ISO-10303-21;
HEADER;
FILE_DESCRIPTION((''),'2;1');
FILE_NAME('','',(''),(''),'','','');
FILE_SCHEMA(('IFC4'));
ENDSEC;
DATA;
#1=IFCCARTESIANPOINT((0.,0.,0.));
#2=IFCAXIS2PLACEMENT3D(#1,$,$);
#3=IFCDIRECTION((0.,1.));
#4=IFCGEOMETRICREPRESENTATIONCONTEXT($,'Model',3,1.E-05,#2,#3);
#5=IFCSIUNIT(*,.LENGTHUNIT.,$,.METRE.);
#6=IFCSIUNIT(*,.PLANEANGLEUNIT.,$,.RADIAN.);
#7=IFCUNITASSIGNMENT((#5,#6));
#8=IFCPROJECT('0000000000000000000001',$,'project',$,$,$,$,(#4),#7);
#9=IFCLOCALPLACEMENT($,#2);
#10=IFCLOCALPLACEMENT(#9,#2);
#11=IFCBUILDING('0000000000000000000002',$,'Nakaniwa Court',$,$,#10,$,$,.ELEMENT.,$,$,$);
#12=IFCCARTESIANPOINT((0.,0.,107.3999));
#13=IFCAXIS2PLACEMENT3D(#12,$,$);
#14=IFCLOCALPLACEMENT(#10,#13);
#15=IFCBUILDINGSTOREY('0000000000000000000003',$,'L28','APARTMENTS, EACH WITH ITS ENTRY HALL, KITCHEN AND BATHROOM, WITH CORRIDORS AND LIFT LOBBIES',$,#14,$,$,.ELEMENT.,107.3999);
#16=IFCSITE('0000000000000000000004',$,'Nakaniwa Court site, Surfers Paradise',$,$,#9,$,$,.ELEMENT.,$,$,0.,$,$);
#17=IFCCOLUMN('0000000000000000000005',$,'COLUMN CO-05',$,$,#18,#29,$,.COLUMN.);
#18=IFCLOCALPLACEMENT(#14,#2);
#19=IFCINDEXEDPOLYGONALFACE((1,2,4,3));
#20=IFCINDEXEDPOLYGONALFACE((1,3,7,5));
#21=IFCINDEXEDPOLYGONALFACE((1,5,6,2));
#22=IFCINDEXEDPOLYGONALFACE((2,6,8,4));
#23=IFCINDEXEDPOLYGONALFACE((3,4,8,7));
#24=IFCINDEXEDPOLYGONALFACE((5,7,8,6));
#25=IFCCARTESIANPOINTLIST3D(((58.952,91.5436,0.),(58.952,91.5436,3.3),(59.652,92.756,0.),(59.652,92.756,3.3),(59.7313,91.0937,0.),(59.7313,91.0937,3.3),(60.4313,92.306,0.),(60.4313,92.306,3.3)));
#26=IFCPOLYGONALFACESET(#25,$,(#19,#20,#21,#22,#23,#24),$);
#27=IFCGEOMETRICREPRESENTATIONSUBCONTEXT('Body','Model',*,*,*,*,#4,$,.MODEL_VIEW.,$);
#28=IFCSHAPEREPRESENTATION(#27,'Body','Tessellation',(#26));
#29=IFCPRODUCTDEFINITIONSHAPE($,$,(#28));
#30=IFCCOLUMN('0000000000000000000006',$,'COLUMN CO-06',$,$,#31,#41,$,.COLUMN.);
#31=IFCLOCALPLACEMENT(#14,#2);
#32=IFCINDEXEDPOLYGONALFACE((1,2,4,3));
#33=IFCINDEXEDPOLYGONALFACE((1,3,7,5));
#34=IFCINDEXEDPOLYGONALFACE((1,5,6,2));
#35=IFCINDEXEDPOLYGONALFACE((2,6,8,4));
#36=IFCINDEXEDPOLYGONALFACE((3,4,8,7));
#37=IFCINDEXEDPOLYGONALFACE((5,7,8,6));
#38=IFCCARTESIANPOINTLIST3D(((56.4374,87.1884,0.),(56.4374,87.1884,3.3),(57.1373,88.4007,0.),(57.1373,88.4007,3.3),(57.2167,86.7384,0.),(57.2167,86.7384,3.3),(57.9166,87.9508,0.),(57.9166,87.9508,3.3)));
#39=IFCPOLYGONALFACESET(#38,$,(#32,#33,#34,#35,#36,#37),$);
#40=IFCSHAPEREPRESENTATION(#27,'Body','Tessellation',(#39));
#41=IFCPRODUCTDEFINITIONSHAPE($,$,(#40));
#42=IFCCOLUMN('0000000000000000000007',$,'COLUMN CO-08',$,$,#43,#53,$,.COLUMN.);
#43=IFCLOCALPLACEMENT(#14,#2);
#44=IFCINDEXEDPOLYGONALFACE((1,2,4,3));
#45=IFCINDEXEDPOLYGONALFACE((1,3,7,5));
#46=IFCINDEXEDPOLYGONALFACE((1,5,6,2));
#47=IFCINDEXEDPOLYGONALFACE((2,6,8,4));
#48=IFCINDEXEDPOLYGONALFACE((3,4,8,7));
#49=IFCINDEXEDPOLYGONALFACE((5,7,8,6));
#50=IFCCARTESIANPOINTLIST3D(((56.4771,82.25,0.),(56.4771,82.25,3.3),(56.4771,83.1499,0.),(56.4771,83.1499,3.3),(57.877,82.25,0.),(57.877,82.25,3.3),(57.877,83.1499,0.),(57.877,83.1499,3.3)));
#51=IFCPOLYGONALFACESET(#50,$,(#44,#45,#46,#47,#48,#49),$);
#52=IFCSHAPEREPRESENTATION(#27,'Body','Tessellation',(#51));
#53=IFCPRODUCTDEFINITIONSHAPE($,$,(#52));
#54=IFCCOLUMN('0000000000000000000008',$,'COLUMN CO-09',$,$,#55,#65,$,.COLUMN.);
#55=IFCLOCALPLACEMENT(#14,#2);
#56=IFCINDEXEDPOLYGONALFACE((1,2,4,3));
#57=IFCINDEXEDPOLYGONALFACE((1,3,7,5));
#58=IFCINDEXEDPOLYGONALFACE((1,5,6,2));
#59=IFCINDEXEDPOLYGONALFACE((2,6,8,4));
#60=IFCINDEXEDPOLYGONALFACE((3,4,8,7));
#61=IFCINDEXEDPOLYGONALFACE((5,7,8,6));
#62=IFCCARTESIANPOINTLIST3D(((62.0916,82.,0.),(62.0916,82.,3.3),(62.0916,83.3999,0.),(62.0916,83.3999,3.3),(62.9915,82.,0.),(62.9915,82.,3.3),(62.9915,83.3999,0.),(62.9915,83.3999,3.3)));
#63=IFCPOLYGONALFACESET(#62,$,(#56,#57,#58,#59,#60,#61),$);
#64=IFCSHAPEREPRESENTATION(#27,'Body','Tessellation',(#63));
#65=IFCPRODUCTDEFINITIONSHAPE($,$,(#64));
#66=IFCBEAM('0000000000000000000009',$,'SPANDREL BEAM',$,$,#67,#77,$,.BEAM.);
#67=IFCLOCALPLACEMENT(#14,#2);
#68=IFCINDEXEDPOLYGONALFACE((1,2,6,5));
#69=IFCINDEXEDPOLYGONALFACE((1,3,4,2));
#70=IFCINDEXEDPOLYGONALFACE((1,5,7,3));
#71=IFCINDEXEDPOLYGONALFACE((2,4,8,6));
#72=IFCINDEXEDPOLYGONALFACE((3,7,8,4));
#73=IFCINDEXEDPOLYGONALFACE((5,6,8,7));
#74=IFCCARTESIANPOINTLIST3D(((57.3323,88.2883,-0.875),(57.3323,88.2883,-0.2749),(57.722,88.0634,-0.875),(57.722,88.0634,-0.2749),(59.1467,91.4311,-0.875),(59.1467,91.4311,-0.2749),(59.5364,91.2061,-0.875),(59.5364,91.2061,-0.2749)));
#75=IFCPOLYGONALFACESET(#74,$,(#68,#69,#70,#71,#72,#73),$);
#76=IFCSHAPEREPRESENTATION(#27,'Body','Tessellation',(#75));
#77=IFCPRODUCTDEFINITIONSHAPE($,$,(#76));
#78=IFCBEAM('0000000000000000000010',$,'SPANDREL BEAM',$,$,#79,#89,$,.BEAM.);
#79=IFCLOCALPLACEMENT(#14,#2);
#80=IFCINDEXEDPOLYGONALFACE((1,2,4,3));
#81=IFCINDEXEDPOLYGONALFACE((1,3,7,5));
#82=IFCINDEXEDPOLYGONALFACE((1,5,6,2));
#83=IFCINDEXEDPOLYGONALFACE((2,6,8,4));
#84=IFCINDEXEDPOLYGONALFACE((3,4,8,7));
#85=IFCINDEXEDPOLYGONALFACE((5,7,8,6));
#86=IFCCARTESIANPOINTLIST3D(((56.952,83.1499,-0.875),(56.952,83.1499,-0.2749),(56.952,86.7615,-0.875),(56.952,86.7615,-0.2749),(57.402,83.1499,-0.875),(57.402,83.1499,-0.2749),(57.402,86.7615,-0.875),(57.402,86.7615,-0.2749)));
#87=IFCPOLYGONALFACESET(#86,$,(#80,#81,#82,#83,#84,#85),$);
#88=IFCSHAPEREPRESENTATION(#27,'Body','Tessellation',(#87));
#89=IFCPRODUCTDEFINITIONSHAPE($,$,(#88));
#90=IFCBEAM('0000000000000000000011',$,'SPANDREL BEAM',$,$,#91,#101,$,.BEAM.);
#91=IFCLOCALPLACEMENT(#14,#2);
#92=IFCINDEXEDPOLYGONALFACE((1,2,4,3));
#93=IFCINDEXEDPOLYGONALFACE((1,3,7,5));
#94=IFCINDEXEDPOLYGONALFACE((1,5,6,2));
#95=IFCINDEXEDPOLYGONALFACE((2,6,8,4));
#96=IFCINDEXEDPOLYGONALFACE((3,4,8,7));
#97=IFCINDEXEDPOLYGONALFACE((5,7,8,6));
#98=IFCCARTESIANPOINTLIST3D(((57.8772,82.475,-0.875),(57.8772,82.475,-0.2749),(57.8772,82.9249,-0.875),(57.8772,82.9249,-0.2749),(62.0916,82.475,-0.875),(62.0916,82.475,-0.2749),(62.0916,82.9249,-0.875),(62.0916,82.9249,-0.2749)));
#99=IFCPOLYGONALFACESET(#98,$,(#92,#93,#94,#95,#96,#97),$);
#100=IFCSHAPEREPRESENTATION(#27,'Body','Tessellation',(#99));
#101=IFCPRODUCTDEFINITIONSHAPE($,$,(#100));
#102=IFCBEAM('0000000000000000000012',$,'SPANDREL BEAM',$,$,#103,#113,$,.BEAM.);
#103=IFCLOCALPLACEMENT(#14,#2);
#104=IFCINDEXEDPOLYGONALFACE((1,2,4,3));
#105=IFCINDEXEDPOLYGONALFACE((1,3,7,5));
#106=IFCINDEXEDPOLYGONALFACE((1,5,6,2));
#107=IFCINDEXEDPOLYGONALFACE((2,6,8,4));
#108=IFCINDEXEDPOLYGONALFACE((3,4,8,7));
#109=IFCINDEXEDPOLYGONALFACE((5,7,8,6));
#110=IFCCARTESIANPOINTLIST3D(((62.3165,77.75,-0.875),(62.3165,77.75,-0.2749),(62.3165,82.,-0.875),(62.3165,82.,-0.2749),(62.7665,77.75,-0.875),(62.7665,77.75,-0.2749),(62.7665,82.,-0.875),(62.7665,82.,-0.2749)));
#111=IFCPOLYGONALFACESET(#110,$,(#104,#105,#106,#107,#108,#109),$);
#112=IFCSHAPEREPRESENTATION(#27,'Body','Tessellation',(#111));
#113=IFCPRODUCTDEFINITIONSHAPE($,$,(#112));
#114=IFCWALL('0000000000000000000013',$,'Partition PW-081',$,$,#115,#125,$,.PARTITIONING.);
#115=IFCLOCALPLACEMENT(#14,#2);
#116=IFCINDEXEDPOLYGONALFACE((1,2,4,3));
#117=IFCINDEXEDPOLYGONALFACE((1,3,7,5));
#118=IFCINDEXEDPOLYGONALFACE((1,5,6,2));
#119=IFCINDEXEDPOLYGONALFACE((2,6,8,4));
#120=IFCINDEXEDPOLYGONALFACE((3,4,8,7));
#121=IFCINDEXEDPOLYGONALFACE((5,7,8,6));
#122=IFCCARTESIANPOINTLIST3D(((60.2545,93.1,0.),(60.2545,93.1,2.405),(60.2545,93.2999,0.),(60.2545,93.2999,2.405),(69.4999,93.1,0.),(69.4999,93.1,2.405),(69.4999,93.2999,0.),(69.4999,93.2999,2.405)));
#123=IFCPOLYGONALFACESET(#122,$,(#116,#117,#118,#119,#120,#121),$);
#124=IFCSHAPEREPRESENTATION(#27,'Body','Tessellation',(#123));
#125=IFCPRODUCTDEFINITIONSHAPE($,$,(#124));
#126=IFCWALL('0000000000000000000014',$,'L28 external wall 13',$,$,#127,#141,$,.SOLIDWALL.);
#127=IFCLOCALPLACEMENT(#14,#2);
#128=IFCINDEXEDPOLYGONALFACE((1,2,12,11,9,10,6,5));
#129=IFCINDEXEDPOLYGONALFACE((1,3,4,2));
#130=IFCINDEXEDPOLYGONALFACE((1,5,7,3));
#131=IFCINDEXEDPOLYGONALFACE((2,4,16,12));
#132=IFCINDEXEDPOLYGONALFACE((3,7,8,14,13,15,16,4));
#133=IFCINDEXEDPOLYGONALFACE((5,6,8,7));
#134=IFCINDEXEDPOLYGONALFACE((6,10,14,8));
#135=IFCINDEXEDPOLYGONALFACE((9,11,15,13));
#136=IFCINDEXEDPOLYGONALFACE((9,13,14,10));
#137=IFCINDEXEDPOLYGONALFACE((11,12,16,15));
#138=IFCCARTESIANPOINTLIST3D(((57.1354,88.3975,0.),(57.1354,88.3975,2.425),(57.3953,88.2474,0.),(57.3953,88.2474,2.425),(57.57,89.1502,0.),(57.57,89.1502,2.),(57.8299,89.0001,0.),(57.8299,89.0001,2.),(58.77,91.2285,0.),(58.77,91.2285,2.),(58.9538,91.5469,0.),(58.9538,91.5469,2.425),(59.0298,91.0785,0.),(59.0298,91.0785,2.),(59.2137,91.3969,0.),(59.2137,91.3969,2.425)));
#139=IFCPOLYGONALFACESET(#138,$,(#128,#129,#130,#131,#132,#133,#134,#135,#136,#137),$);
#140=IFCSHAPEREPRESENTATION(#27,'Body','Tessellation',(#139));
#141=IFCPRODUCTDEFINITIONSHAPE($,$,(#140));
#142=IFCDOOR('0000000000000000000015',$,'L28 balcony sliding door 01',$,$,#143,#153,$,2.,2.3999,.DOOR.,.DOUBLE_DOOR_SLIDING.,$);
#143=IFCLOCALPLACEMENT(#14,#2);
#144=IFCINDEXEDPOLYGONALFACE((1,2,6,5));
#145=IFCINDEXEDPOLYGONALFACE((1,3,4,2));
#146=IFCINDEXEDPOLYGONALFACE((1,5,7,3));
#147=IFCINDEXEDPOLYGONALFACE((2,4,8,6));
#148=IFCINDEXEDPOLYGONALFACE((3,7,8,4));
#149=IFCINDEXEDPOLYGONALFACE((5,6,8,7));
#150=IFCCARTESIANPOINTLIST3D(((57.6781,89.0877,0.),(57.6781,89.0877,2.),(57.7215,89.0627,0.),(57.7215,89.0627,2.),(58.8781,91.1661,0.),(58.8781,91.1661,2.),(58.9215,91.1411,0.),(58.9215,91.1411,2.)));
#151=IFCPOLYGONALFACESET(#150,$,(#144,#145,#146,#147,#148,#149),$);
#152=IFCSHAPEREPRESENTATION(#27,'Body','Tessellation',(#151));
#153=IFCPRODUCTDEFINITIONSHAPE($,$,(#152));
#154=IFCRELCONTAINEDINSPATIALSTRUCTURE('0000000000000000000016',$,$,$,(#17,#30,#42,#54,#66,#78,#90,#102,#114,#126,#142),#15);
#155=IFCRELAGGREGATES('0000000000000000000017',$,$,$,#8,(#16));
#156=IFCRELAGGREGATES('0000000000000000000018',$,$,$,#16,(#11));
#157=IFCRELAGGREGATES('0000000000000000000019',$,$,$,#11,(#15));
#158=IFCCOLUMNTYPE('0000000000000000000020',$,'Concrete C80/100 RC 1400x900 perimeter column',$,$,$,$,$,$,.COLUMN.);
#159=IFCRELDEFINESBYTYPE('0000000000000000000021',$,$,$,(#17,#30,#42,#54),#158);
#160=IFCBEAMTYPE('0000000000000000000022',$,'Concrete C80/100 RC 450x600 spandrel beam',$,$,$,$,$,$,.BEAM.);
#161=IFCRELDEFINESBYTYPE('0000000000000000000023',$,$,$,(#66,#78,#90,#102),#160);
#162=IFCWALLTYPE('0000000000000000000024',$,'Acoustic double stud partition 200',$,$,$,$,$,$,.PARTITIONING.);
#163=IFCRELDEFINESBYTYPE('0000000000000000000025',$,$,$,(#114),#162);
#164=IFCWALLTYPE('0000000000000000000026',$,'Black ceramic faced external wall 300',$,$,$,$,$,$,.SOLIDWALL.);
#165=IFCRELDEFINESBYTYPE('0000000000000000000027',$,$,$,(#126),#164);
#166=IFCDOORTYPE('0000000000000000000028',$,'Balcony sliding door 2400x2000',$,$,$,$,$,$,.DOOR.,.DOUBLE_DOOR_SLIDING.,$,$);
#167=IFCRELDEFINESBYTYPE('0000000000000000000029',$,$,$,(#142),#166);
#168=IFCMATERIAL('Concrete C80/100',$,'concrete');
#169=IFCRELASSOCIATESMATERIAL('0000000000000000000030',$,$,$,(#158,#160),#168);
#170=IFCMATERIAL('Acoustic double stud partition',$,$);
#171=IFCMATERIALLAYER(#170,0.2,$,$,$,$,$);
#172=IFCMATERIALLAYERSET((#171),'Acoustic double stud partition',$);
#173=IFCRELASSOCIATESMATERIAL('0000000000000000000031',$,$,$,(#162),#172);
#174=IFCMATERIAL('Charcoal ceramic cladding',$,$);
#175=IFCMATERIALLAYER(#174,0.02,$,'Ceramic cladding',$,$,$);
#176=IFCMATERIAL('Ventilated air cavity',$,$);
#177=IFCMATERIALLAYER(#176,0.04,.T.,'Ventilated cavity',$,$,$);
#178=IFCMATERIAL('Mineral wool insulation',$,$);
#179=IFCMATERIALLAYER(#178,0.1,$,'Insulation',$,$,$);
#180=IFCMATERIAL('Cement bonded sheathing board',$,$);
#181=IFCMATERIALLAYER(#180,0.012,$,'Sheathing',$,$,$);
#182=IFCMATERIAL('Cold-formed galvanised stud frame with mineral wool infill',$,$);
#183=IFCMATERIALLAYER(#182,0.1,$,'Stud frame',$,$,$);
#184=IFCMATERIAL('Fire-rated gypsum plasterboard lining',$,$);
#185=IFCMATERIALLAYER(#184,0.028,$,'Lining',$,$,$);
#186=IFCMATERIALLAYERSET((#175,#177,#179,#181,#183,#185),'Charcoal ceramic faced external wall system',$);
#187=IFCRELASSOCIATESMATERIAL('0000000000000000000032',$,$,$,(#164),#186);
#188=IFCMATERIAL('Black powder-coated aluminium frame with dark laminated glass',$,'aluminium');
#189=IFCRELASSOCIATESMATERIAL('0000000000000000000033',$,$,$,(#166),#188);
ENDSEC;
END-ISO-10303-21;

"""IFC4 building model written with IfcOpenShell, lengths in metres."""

from ifc_helpers import new_model, si_unit, direction, frame, frame_2d, origin, origin_2d, place, context, subcontext, project, spatial, rectangle, extrude, material, layer, layer_set, material_profile, profile_set, type_object, element, fill, save


model = new_model("IFC4")

# Units and contexts
model_context = context("Model", 3, precision=1e-05, world=origin(), true_north=direction((0.0, 1.0)))
body_context = subcontext(model_context, "Body", "Model", "MODEL_VIEW")
ifc_project = project(units=[si_unit("LENGTHUNIT", "METRE"), si_unit("PLANEANGLEUNIT", "RADIAN")], contexts=[model_context])

# Site, building, storey
site_placement = place(None, origin())
site = spatial("IfcSite", under=ifc_project, at=site_placement, Name="Nakaniwa Court site, Surfers Paradise", CompositionType="ELEMENT", RefElevation=0.0)
building_placement = place(site_placement, origin())
building = spatial("IfcBuilding", under=site, at=building_placement, Name="Nakaniwa Court", CompositionType="ELEMENT")
storey_placement = place(building_placement, frame((0.0, 0.0, 107.3999)))
storey = spatial("IfcBuildingStorey", under=building, at=storey_placement, Name="L28", Description="APARTMENTS, EACH WITH ITS ENTRY HALL, KITCHEN AND BATHROOM, WITH CORRIDORS AND LIFT LOBBIES", CompositionType="ELEMENT", Elevation=107.3999)

# Columns
ifc_material_1 = material(Name="Concrete C80/100", Category="concrete")
ifc_material_profile_1 = material_profile(ifc_material_1, rectangle(XDim=1.3999, YDim=0.8999, at=origin_2d()), Name="Concrete C80/100 RC 1400x900 perimeter column")
ifc_profile_set_1 = profile_set([ifc_material_profile_1], Name="Concrete C80/100")
column_type = type_object("IfcColumnType", Name="Concrete C80/100 RC 1400x900 perimeter column", PredefinedType="COLUMN", material=ifc_profile_set_1)
for number, where, z_axis, x_axis, name in (
    (1, (59.6917, 91.9248, 0.0), (0.0, 0.0, 1.0), (-0.5, -0.866025, 0.0), "COLUMN CO-05"),
    (2, (57.177, 87.5696, 0.0), (0.0, 0.0, 1.0), (-0.5, -0.866025, 0.0), "COLUMN CO-06"),
    (3, (57.177, 82.7, 0.0), (0.0, 0.0, 1.0), (1.0, 0.0, 0.0), "COLUMN CO-08"),
    (4, (62.5415, 82.7, 0.0), (0.0, 0.0, 1.0), (0.0, -1.0, 0.0), "COLUMN CO-09"),
):
    element("IfcColumn", number, at=place(storey_placement, frame(where, z_axis=z_axis, x_axis=x_axis)), inside=storey, type_object=column_type, Name=name, PredefinedType="COLUMN", context=body_context, shape_type="SweptSolid", body=[
        extrude(rectangle(XDim=1.3999, YDim=0.8999, at=origin_2d()), origin(), (0.0, 0.0, 1.0), 3.3),
    ])

# Beams
ifc_material_profile_2 = material_profile(ifc_material_1, rectangle(XDim=0.45, YDim=0.6001, at=origin_2d()), Name="Concrete C80/100 RC 450x600 spandrel beam")
ifc_profile_set_2 = profile_set([ifc_material_profile_2], Name="Concrete C80/100")
beam_type = type_object("IfcBeamType", Name="Concrete C80/100 RC 450x600 spandrel beam", PredefinedType="BEAM", material=ifc_profile_set_2)
beam_1_placement = place(storey_placement, frame((59.3416, 91.3186, -0.575), z_axis=(-0.499988, -0.866032, 0.0), x_axis=(0.866032, -0.499988, 0.0)))
element("IfcBeam", 5, at=beam_1_placement, inside=storey, type_object=beam_type, Name="SPANDREL BEAM", PredefinedType="BEAM", context=body_context, shape_type="SweptSolid", body=[
    extrude(rectangle(XDim=0.45, YDim=0.6001, at=origin_2d()), origin(), (0.0, 0.0, 1.0), 3.6289),
])
beam_2_placement = place(storey_placement, frame((57.177, 86.7615, -0.575), z_axis=(0.0, -1.0, 0.0), x_axis=(1.0, 0.0, 0.0)))
element("IfcBeam", 6, at=beam_2_placement, inside=storey, type_object=beam_type, Name="SPANDREL BEAM", PredefinedType="BEAM", context=body_context, shape_type="SweptSolid", body=[
    extrude(rectangle(XDim=0.45, YDim=0.6001, at=origin_2d()), origin(), (0.0, 0.0, 1.0), 3.6116),
])
beam_3_placement = place(storey_placement, frame((57.8772, 82.7, -0.575), z_axis=(1.0, 0.0, 0.0), x_axis=(0.0, 1.0, 0.0)))
element("IfcBeam", 7, at=beam_3_placement, inside=storey, type_object=beam_type, Name="SPANDREL BEAM", PredefinedType="BEAM", context=body_context, shape_type="SweptSolid", body=[
    extrude(rectangle(XDim=0.45, YDim=0.6001, at=origin_2d()), origin(), (0.0, 0.0, 1.0), 4.2144),
])
beam_4_placement = place(storey_placement, frame((62.5415, 82.0, -0.575), z_axis=(0.0, -1.0, 0.0), x_axis=(1.0, 0.0, 0.0)))
element("IfcBeam", 8, at=beam_4_placement, inside=storey, type_object=beam_type, Name="SPANDREL BEAM", PredefinedType="BEAM", context=body_context, shape_type="SweptSolid", body=[
    extrude(rectangle(XDim=0.45, YDim=0.6001, at=origin_2d()), origin(), (0.0, 0.0, 1.0), 4.25),
])

# Wall
ifc_material_2 = material(Name="Acoustic double stud partition")
ifc_layer_1 = layer(ifc_material_2, 0.2)
ifc_layer_set_1 = layer_set([ifc_layer_1], Name="Acoustic double stud partition")
wall_type_1 = type_object("IfcWallType", Name="Acoustic double stud partition 200", PredefinedType="PARTITIONING", material=ifc_layer_set_1)
wall_1_placement = place(storey_placement, frame((60.2546, 93.2, 0.0), z_axis=(0.0, 0.0, 1.0), x_axis=(1.0, 0.0, 0.0)))
element("IfcWall", 9, at=wall_1_placement, inside=storey, type_object=wall_type_1, Name="Partition PW-081", PredefinedType="PARTITIONING", context=body_context, shape_type="SweptSolid", body=[
    extrude(rectangle(XDim=9.2454, YDim=0.2, at=frame_2d((4.6226, 0.0))), origin(), (0.0, 0.0, 1.0), 2.405),
])

# Wall, opening, door
ifc_material_3 = material(Name="Charcoal ceramic cladding")
ifc_layer_2 = layer(ifc_material_3, 0.02, Name="Ceramic cladding")
ifc_material_4 = material(Name="Ventilated air cavity")
ifc_layer_3 = layer(ifc_material_4, 0.04, ventilated=True, Name="Ventilated cavity")
ifc_material_5 = material(Name="Mineral wool insulation")
ifc_layer_4 = layer(ifc_material_5, 0.1, Name="Insulation")
ifc_material_6 = material(Name="Cement bonded sheathing board")
ifc_layer_5 = layer(ifc_material_6, 0.012, Name="Sheathing")
ifc_material_7 = material(Name="Cold-formed galvanised stud frame with mineral wool infill")
ifc_layer_6 = layer(ifc_material_7, 0.1, Name="Stud frame")
ifc_material_8 = material(Name="Fire-rated gypsum plasterboard lining")
ifc_layer_7 = layer(ifc_material_8, 0.028, Name="Lining")
ifc_layer_set_2 = layer_set([ifc_layer_2, ifc_layer_3, ifc_layer_4, ifc_layer_5, ifc_layer_6, ifc_layer_7], Name="Charcoal ceramic faced external wall system")
wall_type_2 = type_object("IfcWallType", Name="Black ceramic faced external wall 300", PredefinedType="SOLIDWALL", material=ifc_layer_set_2)
wall_2_placement = place(storey_placement, frame((59.0837, 91.4719, 0.0), z_axis=(0.0, 0.0, 1.0), x_axis=(-0.500009, -0.86602, 0.0)))
wall_2 = element("IfcWall", 10, at=wall_2_placement, inside=storey, type_object=wall_type_2, Name="L28 external wall 13", PredefinedType="SOLIDWALL", context=body_context, shape_type="SweptSolid", body=[
    extrude(rectangle(XDim=3.6367, YDim=0.3, at=frame_2d((1.8184, 0.0))), origin(), (0.0, 0.0, 1.0), 2.425),
])
opening_1_placement = place(wall_2_placement, frame((0.3677, 0.0, 0.0)))
opening_1 = element("IfcOpeningElement", 11, at=opening_1_placement, cuts=wall_2, PredefinedType="OPENING", context=body_context, shape_type="SweptSolid", body=[
    extrude(rectangle(XDim=2.3999, YDim=2.0, at=frame_2d((1.2, 1.0))), frame((0.0, 0.1599, 0.0), z_axis=(0.0, -1.0, 0.0), x_axis=(1.0, 0.0, 0.0)), (0.0, 0.0, 1.0), 0.3201),
])
ifc_material_9 = material(Name="Black powder-coated aluminium frame with dark laminated glass", Category="aluminium")
door_type = type_object("IfcDoorType", Name="Balcony sliding door 2400x2000", OperationType="DOUBLE_DOOR_SLIDING", PredefinedType="DOOR", material=ifc_material_9)
door_placement = place(opening_1_placement, origin())
door = element("IfcDoor", 12, at=door_placement, inside=storey, type_object=door_type, Name="L28 balcony sliding door 01", OperationType="DOUBLE_DOOR_SLIDING", OverallHeight=2.0, OverallWidth=2.3999, PredefinedType="DOOR", context=body_context, shape_type="SweptSolid", body=[
    extrude(rectangle(XDim=2.3999, YDim=2.0, at=frame_2d((1.2, 1.0))), frame((0.0, 0.0249, 0.0), z_axis=(0.0, -1.0, 0.0), x_axis=(1.0, 0.0, 0.0)), (0.0, 0.0, 1.0), 0.05),
])
fill(opening_1, door)

save(model, "model.ifc")
